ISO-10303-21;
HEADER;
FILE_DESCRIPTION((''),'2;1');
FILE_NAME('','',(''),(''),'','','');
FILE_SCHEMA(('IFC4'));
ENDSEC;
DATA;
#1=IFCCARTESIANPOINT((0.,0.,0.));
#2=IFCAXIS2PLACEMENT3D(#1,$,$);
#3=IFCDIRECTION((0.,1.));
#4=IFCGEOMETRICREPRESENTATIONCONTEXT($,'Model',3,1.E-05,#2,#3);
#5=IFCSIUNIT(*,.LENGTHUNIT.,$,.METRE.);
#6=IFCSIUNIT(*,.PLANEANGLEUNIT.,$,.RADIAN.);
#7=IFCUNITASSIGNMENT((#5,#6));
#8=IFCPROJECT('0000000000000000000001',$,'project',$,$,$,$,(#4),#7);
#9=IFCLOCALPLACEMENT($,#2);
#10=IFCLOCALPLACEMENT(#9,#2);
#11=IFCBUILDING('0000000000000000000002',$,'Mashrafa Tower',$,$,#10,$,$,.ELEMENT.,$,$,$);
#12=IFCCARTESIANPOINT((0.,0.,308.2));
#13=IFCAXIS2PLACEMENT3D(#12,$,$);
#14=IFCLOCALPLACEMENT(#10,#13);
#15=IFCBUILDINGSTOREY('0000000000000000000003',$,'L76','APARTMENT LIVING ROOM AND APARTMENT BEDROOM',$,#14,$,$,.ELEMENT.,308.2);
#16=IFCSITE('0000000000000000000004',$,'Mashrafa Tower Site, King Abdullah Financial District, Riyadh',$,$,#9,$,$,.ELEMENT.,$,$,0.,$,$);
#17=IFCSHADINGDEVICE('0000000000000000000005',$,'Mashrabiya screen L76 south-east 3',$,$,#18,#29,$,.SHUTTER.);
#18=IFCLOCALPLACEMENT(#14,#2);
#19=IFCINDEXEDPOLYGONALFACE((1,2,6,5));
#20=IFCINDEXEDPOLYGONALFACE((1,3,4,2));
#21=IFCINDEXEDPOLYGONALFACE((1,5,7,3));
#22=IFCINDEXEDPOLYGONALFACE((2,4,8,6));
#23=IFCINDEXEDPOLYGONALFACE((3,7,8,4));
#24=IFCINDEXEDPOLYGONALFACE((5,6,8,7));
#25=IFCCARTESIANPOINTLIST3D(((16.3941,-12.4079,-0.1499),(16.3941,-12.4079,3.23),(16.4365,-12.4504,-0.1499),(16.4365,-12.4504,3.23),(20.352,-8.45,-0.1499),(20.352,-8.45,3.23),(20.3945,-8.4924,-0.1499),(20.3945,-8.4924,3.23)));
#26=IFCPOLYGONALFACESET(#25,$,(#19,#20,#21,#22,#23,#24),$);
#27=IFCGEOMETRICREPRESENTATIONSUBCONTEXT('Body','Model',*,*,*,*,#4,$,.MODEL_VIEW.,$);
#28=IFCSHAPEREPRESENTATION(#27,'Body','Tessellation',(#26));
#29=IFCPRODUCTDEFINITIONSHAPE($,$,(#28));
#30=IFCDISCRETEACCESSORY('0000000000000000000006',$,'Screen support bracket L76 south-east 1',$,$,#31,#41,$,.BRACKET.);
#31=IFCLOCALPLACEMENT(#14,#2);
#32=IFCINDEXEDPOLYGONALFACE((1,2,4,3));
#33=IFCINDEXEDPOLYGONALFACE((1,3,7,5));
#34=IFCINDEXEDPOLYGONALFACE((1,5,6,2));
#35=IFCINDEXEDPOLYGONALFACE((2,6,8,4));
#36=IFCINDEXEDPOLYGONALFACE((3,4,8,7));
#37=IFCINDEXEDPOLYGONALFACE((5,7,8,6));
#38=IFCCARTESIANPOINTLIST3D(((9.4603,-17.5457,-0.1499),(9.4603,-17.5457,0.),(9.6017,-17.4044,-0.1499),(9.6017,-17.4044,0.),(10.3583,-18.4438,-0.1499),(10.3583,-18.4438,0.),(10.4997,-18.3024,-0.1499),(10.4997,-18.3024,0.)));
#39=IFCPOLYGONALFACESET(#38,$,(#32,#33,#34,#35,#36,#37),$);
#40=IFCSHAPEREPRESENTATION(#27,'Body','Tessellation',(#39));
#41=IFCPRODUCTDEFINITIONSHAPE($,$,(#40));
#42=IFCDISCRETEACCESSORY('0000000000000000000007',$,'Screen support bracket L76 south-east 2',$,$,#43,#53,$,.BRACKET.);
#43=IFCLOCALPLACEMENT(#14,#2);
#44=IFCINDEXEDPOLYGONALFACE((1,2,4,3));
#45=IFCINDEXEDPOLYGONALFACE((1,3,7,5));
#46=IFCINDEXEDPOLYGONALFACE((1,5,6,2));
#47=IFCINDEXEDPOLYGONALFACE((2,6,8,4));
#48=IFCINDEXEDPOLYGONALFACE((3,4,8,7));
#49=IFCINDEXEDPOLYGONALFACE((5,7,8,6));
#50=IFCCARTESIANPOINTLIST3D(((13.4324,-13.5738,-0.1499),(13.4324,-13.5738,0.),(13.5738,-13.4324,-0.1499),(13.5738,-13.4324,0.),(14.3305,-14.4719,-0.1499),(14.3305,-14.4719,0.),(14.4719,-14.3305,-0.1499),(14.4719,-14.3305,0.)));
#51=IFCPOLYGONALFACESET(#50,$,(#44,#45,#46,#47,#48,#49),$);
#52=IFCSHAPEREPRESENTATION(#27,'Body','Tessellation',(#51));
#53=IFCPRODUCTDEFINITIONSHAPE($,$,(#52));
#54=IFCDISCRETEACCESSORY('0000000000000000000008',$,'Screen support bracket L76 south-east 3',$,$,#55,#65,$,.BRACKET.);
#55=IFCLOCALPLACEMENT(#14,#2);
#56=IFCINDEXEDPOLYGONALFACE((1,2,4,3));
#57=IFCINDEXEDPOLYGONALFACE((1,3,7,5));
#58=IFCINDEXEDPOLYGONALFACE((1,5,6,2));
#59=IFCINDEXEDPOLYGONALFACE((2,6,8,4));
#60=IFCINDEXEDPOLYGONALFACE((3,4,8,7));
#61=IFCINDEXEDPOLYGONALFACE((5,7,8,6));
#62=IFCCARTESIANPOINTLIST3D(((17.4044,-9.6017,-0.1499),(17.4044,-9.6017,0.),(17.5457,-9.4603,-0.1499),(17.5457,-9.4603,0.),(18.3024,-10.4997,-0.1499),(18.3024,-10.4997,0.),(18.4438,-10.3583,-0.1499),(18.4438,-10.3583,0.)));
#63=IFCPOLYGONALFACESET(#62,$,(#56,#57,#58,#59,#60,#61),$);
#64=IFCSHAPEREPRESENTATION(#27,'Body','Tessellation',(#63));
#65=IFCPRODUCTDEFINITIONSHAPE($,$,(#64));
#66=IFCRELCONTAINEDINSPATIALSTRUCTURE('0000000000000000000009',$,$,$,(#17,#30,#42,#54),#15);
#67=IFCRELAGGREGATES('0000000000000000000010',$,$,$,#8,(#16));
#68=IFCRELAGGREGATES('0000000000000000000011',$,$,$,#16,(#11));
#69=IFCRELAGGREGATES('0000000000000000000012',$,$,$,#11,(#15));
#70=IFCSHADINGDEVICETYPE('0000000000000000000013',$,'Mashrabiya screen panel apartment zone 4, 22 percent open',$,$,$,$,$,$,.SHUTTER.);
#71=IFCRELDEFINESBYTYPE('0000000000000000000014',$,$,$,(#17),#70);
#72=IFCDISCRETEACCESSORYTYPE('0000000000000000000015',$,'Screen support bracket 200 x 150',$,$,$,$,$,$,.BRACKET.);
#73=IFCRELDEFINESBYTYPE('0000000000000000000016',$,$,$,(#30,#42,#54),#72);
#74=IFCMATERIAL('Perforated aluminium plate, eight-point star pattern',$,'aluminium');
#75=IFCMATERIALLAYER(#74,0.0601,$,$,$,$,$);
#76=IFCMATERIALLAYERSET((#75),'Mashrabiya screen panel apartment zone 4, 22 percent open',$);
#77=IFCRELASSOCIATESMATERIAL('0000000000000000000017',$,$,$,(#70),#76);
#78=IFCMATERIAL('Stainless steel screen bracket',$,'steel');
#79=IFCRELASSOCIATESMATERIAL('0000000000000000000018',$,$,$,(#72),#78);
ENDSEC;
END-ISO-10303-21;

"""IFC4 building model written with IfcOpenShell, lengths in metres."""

from ifc_helpers import new_model, si_unit, direction, frame, origin, origin_2d, place, context, subcontext, project, spatial, rectangle, extrude, source, transform, mapped, material, layer, layer_set, type_object, type_shapes, element, save


model = new_model("IFC4")

# Units and contexts
model_context = context("Model", 3, precision=1e-05, world=origin(), true_north=direction((0.0, 1.0)))
body_context = subcontext(model_context, "Body", "Model", "MODEL_VIEW")
ifc_project = project(units=[si_unit("LENGTHUNIT", "METRE"), si_unit("PLANEANGLEUNIT", "RADIAN")], contexts=[model_context])

# Site, building, storey
site_placement = place(None, origin())
site = spatial("IfcSite", under=ifc_project, at=site_placement, Name="Mashrafa Tower Site, King Abdullah Financial District, Riyadh", CompositionType="ELEMENT", RefElevation=0.0)
building_placement = place(site_placement, origin())
building = spatial("IfcBuilding", under=site, at=building_placement, Name="Mashrafa Tower", CompositionType="ELEMENT")
storey_placement = place(building_placement, frame((0.0, 0.0, 308.2)))
storey = spatial("IfcBuildingStorey", under=building, at=storey_placement, Name="L76", Description="APARTMENT LIVING ROOM AND APARTMENT BEDROOM", CompositionType="ELEMENT", Elevation=308.2)

# Shading device
ifc_material_1 = material(Name="Perforated aluminium plate, eight-point star pattern", Category="aluminium")
ifc_layer_1 = layer(ifc_material_1, 0.0601)
ifc_layer_set_1 = layer_set([ifc_layer_1], Name="Mashrabiya screen panel apartment zone 4, 22 percent open")
shading_device_type = type_object("IfcShadingDeviceType", Name="Mashrabiya screen panel apartment zone 4, 22 percent open", PredefinedType="SHUTTER", material=ifc_layer_set_1)
shared_shape_1 = source(origin(), body_context, "Body", "SweptSolid", [
    extrude(rectangle(XDim=5.5974, YDim=0.0601, at=origin_2d()), origin(), (0.0, 0.0, 1.0), 3.3799),
])
type_shapes(shading_device_type, [shared_shape_1])
for number, where, z_axis, x_axis, name in (
    (1, (18.3943, -10.4502, -0.1499), (0.0, 0.0, 1.0), (0.707107, 0.707107, 0.0), "Mashrabiya screen L76 south-east 3"),
):
    element("IfcShadingDevice", number, at=place(storey_placement, frame(where, z_axis=z_axis, x_axis=x_axis)), inside=storey, type_object=shading_device_type, Name=name, PredefinedType="SHUTTER", context=body_context, shape_type="MappedRepresentation", body=[
        mapped(shared_shape_1, transform((0.0, 0.0, 0.0))),
    ])

# Discrete accessories
ifc_material_2 = material(Name="Stainless steel screen bracket", Category="steel")
discrete_accessory_type = type_object("IfcDiscreteAccessoryType", Name="Screen support bracket 200 x 150", PredefinedType="BRACKET", material=ifc_material_2)
shared_shape_2 = source(origin(), body_context, "Body", "SweptSolid", [
    extrude(rectangle(XDim=0.2, YDim=1.27, at=origin_2d()), origin(), (0.0, 0.0, 1.0), 0.1499),
])
type_shapes(discrete_accessory_type, [shared_shape_2])
for number, where, z_axis, x_axis, name in (
    (2, (9.98, -17.9241, -0.1499), (0.0, 0.0, 1.0), (0.707107, 0.707107, 0.0), "Screen support bracket L76 south-east 1"),
    (3, (13.9521, -13.9521, -0.1499), (0.0, 0.0, 1.0), (0.707107, 0.707107, 0.0), "Screen support bracket L76 south-east 2"),
    (4, (17.9241, -9.98, -0.1499), (0.0, 0.0, 1.0), (0.707107, 0.707107, 0.0), "Screen support bracket L76 south-east 3"),
):
    element("IfcDiscreteAccessory", number, at=place(storey_placement, frame(where, z_axis=z_axis, x_axis=x_axis)), inside=storey, type_object=discrete_accessory_type, Name=name, PredefinedType="BRACKET", context=body_context, shape_type="MappedRepresentation", body=[
        mapped(shared_shape_2, transform((0.0, 0.0, 0.0))),
    ])

save(model, "model.ifc")
